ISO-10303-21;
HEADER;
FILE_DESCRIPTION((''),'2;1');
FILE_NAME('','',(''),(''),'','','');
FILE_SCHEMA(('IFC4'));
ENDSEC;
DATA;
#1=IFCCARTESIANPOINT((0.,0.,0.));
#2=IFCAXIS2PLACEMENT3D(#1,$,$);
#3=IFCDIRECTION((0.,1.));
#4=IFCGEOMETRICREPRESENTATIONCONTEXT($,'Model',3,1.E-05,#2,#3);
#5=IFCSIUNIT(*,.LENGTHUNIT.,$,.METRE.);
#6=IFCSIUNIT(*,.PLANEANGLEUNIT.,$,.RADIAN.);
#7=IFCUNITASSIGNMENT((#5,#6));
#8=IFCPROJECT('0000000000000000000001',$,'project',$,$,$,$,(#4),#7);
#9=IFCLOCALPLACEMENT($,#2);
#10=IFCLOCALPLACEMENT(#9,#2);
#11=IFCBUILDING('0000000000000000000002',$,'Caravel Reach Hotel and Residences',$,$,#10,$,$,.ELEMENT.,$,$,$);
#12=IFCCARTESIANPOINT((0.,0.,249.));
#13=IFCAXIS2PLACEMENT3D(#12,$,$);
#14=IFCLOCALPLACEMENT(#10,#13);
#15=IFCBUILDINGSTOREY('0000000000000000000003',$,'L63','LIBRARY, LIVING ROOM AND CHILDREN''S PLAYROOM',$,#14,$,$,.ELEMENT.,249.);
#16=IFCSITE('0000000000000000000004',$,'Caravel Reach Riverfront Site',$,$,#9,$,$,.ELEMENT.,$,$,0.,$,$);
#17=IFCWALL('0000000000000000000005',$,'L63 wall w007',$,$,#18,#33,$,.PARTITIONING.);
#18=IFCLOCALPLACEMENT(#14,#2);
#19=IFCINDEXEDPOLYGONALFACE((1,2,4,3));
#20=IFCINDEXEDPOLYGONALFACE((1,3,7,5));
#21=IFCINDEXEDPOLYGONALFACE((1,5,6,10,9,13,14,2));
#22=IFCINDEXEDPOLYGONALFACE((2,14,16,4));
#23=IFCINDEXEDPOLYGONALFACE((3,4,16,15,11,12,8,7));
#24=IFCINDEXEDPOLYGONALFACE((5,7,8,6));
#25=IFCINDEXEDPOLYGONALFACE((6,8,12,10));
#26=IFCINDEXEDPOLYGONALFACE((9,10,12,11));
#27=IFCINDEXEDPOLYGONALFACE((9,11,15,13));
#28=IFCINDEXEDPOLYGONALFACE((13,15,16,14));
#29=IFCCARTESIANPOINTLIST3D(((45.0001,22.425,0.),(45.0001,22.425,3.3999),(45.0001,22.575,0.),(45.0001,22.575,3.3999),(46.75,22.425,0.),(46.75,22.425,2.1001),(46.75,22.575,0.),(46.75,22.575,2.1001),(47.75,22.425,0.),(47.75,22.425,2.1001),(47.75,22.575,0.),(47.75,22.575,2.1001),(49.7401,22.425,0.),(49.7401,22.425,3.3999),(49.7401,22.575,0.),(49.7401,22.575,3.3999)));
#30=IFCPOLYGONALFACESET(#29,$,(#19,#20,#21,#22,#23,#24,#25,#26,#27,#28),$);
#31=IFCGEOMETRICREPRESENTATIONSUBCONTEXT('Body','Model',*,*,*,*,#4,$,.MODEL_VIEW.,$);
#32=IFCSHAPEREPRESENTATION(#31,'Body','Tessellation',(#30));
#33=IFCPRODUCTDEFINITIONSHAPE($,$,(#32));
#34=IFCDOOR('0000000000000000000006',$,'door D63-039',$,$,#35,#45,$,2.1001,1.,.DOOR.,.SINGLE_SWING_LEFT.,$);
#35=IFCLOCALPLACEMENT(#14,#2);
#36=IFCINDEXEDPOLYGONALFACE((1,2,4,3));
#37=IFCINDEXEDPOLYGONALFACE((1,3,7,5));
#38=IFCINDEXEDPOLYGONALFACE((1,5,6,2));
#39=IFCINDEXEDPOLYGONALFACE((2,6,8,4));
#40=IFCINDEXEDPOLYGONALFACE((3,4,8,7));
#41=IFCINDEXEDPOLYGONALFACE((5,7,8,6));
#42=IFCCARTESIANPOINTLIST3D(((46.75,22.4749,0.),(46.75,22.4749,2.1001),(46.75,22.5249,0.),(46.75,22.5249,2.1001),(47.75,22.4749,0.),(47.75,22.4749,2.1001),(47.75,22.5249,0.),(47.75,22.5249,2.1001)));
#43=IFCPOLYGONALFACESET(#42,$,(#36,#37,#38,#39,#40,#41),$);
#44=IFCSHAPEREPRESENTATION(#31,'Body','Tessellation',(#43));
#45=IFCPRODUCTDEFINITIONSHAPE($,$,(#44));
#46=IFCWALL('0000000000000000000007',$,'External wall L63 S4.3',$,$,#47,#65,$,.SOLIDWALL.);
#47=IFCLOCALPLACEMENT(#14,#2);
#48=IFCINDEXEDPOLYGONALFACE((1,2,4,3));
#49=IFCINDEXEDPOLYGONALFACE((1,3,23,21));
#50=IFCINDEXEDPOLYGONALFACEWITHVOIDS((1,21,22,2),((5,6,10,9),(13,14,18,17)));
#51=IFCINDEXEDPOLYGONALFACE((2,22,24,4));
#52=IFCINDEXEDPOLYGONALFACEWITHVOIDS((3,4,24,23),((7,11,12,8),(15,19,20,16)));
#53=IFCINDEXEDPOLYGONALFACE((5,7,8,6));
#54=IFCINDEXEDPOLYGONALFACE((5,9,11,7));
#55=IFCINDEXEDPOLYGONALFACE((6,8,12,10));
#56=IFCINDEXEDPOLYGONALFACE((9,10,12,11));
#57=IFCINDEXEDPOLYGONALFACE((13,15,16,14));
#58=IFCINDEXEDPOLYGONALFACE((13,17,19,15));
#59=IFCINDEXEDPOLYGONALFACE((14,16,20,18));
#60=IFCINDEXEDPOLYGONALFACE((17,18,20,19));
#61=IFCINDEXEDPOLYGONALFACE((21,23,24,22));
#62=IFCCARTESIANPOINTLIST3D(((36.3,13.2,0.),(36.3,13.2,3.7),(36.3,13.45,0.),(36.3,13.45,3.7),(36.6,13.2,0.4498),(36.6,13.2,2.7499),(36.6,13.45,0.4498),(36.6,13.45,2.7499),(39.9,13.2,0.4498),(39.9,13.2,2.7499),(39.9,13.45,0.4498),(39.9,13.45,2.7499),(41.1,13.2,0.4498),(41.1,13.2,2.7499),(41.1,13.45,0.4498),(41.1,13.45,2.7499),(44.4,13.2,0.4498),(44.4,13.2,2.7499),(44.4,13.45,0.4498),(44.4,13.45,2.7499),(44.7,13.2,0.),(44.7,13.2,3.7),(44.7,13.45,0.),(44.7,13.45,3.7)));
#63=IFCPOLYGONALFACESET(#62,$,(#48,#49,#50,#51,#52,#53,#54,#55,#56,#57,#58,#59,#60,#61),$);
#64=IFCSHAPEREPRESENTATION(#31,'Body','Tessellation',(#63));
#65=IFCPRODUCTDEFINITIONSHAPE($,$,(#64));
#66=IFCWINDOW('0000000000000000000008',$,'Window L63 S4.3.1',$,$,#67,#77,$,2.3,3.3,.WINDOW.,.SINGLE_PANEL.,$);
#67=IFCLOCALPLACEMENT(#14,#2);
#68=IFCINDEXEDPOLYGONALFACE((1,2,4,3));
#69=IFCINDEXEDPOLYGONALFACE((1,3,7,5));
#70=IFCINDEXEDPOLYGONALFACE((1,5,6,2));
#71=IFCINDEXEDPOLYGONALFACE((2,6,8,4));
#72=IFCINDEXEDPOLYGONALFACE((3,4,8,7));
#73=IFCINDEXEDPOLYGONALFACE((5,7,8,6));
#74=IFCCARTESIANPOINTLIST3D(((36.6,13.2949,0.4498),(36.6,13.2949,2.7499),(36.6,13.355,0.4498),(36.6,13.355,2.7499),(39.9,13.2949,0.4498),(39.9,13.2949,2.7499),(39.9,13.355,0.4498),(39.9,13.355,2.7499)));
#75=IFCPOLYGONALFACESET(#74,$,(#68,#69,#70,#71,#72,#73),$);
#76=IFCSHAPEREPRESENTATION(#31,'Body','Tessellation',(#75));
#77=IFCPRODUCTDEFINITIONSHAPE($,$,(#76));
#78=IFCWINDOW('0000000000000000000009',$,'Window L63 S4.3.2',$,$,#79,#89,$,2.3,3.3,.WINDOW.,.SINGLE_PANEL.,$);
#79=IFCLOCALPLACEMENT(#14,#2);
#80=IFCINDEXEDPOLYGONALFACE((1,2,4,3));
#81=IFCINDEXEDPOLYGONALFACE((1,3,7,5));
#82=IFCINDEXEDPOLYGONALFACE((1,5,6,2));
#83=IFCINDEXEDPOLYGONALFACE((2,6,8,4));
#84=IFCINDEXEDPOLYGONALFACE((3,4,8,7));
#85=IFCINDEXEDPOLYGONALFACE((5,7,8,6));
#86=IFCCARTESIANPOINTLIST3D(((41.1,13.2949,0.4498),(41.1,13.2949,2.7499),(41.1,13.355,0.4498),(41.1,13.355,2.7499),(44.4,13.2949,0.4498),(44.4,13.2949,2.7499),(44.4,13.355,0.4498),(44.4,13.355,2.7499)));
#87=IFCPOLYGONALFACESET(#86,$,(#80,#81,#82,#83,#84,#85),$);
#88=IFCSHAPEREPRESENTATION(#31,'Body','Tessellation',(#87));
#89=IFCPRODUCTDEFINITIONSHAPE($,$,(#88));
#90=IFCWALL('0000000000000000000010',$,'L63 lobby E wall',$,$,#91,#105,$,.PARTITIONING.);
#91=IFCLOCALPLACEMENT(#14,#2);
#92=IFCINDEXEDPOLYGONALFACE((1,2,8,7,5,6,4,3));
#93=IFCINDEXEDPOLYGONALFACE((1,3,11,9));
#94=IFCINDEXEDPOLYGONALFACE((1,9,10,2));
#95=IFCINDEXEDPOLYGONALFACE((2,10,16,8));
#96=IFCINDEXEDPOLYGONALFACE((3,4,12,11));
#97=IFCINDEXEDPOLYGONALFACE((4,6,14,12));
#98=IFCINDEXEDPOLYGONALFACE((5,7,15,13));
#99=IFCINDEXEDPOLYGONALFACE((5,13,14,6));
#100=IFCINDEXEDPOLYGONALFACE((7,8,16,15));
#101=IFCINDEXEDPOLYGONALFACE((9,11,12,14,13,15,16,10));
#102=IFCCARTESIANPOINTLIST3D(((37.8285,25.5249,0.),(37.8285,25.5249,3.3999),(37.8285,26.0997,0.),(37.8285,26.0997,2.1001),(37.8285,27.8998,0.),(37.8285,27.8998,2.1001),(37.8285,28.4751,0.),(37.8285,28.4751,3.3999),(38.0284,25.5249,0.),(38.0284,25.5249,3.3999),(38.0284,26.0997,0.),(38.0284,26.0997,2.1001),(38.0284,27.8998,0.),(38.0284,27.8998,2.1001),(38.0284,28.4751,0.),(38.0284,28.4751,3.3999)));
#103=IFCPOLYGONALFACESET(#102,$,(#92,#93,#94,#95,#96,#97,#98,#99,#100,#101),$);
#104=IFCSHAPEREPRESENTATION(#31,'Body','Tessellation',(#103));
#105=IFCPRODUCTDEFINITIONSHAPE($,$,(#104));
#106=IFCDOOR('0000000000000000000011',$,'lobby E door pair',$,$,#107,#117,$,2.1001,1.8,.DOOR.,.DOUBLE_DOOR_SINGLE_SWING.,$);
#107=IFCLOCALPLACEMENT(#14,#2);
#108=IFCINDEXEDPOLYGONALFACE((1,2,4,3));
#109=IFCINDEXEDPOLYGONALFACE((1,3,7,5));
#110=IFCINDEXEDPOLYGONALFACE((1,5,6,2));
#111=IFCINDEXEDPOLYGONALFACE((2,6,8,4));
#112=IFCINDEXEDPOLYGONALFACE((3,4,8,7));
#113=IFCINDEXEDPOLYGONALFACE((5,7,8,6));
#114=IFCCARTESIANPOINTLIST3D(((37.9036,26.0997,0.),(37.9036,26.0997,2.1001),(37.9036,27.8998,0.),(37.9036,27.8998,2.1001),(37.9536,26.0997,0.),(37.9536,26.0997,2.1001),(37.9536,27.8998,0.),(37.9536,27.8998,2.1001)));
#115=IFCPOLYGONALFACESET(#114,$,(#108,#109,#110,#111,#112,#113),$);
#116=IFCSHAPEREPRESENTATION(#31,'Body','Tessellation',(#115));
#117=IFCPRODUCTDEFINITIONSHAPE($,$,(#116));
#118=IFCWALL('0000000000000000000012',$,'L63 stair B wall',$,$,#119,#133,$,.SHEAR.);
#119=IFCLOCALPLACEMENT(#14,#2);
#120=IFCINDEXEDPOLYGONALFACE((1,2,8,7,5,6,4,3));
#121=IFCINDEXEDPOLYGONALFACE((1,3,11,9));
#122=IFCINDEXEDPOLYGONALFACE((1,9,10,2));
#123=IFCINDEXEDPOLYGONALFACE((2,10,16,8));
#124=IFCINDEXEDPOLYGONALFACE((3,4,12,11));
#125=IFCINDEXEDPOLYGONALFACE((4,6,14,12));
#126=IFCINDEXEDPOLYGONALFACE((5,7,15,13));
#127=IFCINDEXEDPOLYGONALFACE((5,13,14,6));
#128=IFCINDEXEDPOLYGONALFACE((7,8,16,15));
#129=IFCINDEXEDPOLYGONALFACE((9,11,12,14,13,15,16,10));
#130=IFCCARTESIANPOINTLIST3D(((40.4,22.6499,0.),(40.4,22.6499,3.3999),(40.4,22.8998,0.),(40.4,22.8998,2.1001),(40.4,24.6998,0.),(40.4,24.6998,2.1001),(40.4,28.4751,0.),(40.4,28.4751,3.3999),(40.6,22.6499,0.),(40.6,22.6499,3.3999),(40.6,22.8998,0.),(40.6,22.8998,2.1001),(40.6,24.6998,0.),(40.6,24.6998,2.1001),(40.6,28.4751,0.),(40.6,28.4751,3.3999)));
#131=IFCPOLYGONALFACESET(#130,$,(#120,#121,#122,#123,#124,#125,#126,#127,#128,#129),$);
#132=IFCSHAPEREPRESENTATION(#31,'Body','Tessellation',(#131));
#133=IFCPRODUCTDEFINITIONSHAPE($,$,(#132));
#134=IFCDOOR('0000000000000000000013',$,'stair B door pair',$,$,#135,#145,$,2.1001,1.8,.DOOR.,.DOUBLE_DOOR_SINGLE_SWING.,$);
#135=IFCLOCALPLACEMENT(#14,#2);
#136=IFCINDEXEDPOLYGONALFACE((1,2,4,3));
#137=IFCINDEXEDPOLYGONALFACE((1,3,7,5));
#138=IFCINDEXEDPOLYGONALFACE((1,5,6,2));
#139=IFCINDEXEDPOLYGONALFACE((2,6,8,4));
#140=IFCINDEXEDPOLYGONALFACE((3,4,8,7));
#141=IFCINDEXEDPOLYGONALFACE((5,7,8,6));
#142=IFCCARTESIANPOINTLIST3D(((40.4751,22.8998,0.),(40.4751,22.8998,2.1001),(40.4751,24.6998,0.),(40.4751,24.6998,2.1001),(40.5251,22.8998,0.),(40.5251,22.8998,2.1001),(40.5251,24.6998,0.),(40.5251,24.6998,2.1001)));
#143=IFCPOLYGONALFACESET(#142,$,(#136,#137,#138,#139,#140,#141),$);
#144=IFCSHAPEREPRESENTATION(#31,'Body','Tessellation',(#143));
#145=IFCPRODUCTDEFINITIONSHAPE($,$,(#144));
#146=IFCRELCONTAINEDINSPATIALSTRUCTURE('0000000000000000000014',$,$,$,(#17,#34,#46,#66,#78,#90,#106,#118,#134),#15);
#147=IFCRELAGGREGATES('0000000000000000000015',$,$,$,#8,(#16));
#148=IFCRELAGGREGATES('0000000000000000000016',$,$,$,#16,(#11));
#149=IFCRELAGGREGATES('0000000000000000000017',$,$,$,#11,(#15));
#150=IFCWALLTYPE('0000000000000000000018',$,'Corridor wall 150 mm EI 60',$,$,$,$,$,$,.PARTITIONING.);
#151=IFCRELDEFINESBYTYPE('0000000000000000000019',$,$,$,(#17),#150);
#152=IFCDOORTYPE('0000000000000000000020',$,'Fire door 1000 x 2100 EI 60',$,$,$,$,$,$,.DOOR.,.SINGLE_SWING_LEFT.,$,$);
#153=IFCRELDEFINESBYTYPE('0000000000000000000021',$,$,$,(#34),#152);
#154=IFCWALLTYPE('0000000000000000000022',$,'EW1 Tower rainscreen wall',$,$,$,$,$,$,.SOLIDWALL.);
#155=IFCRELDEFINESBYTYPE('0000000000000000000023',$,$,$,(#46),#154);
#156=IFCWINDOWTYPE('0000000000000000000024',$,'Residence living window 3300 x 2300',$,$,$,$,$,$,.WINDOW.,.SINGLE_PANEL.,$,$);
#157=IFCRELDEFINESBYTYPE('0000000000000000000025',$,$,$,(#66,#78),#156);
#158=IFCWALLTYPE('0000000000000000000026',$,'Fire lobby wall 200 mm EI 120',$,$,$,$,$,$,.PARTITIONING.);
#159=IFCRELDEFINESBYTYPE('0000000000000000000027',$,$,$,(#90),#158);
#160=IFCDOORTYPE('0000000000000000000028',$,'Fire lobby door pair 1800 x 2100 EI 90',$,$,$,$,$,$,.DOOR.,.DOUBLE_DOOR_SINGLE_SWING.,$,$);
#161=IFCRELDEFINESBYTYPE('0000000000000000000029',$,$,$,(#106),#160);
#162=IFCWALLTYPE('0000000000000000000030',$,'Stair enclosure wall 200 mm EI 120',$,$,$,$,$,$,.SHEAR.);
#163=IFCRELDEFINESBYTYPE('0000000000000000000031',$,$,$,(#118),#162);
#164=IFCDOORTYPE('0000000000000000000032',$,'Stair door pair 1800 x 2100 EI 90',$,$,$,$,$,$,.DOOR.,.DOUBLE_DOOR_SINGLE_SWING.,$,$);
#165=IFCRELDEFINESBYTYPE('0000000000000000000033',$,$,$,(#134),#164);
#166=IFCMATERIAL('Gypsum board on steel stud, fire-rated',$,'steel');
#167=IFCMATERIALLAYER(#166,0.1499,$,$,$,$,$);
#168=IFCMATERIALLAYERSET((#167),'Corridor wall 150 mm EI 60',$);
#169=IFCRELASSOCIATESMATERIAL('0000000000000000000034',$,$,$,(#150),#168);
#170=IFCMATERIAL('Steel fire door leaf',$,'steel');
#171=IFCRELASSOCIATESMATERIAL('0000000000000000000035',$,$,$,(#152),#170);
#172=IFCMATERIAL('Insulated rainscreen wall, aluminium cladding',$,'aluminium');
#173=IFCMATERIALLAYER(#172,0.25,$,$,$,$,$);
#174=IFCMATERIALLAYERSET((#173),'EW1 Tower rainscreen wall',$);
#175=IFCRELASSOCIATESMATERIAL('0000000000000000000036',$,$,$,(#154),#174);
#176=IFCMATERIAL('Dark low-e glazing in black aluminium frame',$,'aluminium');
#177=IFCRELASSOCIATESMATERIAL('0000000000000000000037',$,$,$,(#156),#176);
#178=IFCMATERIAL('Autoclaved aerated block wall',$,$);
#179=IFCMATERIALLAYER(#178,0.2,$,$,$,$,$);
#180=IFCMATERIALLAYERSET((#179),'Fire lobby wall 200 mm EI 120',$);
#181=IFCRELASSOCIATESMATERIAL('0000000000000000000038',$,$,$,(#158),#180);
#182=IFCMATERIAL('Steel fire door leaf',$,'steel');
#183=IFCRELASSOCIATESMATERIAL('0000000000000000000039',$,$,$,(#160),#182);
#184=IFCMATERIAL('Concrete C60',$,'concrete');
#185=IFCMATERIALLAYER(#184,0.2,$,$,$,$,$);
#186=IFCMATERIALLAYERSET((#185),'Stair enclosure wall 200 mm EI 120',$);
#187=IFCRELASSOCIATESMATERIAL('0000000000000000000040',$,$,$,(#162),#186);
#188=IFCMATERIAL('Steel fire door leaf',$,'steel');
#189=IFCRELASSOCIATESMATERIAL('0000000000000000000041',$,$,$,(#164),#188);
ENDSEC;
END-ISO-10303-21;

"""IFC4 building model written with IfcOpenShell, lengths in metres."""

from ifc_helpers import new_model, si_unit, direction, frame, frame_2d, origin, place, context, subcontext, project, spatial, rectangle, extrude, material, layer, layer_set, type_object, element, fill, save


model = new_model("IFC4")

# Units and contexts
model_context = context("Model", 3, precision=1e-05, world=origin(), true_north=direction((0.0, 1.0)))
body_context = subcontext(model_context, "Body", "Model", "MODEL_VIEW")
ifc_project = project(units=[si_unit("LENGTHUNIT", "METRE"), si_unit("PLANEANGLEUNIT", "RADIAN")], contexts=[model_context])

# Site, building, storey
site_placement = place(None, origin())
site = spatial("IfcSite", under=ifc_project, at=site_placement, Name="Caravel Reach Riverfront Site", CompositionType="ELEMENT", RefElevation=0.0)
building_placement = place(site_placement, origin())
building = spatial("IfcBuilding", under=site, at=building_placement, Name="Caravel Reach Hotel and Residences", CompositionType="ELEMENT")
storey_placement = place(building_placement, frame((0.0, 0.0, 249.0)))
storey = spatial("IfcBuildingStorey", under=building, at=storey_placement, Name="L63", Description="LIBRARY, LIVING ROOM AND CHILDREN'S PLAYROOM", CompositionType="ELEMENT", Elevation=249.0)

# Wall, opening, door
ifc_material_1 = material(Name="Gypsum board on steel stud, fire-rated", Category="steel")
ifc_layer_1 = layer(ifc_material_1, 0.1499)
ifc_layer_set_1 = layer_set([ifc_layer_1], Name="Corridor wall 150 mm EI 60")
wall_type_1 = type_object("IfcWallType", Name="Corridor wall 150 mm EI 60", PredefinedType="PARTITIONING", material=ifc_layer_set_1)
wall_1_placement = place(storey_placement, frame((45.0, 22.5, 0.0), z_axis=(0.0, 0.0, 1.0), x_axis=(1.0, 0.0, 0.0)))
wall_1 = element("IfcWall", 1, at=wall_1_placement, inside=storey, type_object=wall_type_1, Name="L63 wall w007", PredefinedType="PARTITIONING", context=body_context, shape_type="SweptSolid", body=[
    extrude(rectangle(XDim=4.74, YDim=0.1499, at=frame_2d((2.3701, 0.0))), origin(), (0.0, 0.0, 1.0), 3.3999),
])
opening_1_placement = place(wall_1_placement, frame((1.75, 0.0, 0.0)))
opening_1 = element("IfcOpeningElement", 2, at=opening_1_placement, cuts=wall_1, PredefinedType="OPENING", context=body_context, shape_type="SweptSolid", body=[
    extrude(rectangle(XDim=1.0, YDim=2.1001, at=frame_2d((0.5, 1.05))), frame((0.0, 0.085, 0.0), z_axis=(0.0, -1.0, 0.0), x_axis=(1.0, 0.0, 0.0)), (0.0, 0.0, 1.0), 0.1699),
])
ifc_material_2 = material(Name="Steel fire door leaf", Category="steel")
door_type_1 = type_object("IfcDoorType", Name="Fire door 1000 x 2100 EI 60", OperationType="SINGLE_SWING_LEFT", PredefinedType="DOOR", material=ifc_material_2)
door_1_placement = place(opening_1_placement, origin())
door_1 = element("IfcDoor", 3, at=door_1_placement, inside=storey, type_object=door_type_1, Name="door D63-039", OperationType="SINGLE_SWING_LEFT", OverallHeight=2.1001, OverallWidth=1.0, PredefinedType="DOOR", context=body_context, shape_type="SweptSolid", body=[
    extrude(rectangle(XDim=1.0, YDim=2.1001, at=frame_2d((0.5, 1.05))), frame((0.0, 0.0249, 0.0), z_axis=(0.0, -1.0, 0.0), x_axis=(1.0, 0.0, 0.0)), (0.0, 0.0, 1.0), 0.05),
])
fill(opening_1, door_1)

# Wall, openings, windows
ifc_material_3 = material(Name="Insulated rainscreen wall, aluminium cladding", Category="aluminium")
ifc_layer_2 = layer(ifc_material_3, 0.25)
ifc_layer_set_2 = layer_set([ifc_layer_2], Name="EW1 Tower rainscreen wall")
wall_type_2 = type_object("IfcWallType", Name="EW1 Tower rainscreen wall", PredefinedType="SOLIDWALL", material=ifc_layer_set_2)
wall_2_placement = place(storey_placement, frame((36.3, 13.325, 0.0), z_axis=(0.0, 0.0, 1.0), x_axis=(1.0, 0.0, 0.0)))
wall_2 = element("IfcWall", 4, at=wall_2_placement, inside=storey, type_object=wall_type_2, Name="External wall L63 S4.3", PredefinedType="SOLIDWALL", context=body_context, shape_type="SweptSolid", body=[
    extrude(rectangle(XDim=8.3999, YDim=0.25, at=frame_2d((4.2, 0.0))), origin(), (0.0, 0.0, 1.0), 3.7),
])
opening_2_placement = place(wall_2_placement, frame((0.3, 0.0, 0.45)))
opening_2 = element("IfcOpeningElement", 5, at=opening_2_placement, cuts=wall_2, PredefinedType="OPENING", context=body_context, shape_type="SweptSolid", body=[
    extrude(rectangle(XDim=3.3, YDim=2.3, at=frame_2d((1.6499, 1.1499))), frame((0.0, 0.135, 0.0), z_axis=(0.0, -1.0, 0.0), x_axis=(1.0, 0.0, 0.0)), (0.0, 0.0, 1.0), 0.27),
])
opening_3_placement = place(wall_2_placement, frame((4.8, 0.0, 0.45)))
opening_3 = element("IfcOpeningElement", 6, at=opening_3_placement, cuts=wall_2, PredefinedType="OPENING", context=body_context, shape_type="SweptSolid", body=[
    extrude(rectangle(XDim=3.3, YDim=2.3, at=frame_2d((1.6499, 1.1499))), frame((0.0, 0.135, 0.0), z_axis=(0.0, -1.0, 0.0), x_axis=(1.0, 0.0, 0.0)), (0.0, 0.0, 1.0), 0.27),
])
ifc_material_4 = material(Name="Dark low-e glazing in black aluminium frame", Category="aluminium")
window_type = type_object("IfcWindowType", Name="Residence living window 3300 x 2300", PartitioningType="SINGLE_PANEL", PredefinedType="WINDOW", material=ifc_material_4)
window_1_placement = place(opening_2_placement, origin())
window_1 = element("IfcWindow", 7, at=window_1_placement, inside=storey, type_object=window_type, Name="Window L63 S4.3.1", OverallHeight=2.3, OverallWidth=3.3, PartitioningType="SINGLE_PANEL", PredefinedType="WINDOW", context=body_context, shape_type="SweptSolid", body=[
    extrude(rectangle(XDim=3.3, YDim=2.3, at=frame_2d((1.6499, 1.1499))), frame((0.0, 0.03, 0.0), z_axis=(0.0, -1.0, 0.0), x_axis=(1.0, 0.0, 0.0)), (0.0, 0.0, 1.0), 0.0601),
])
fill(opening_2, window_1)
window_2_placement = place(opening_3_placement, origin())
window_2 = element("IfcWindow", 8, at=window_2_placement, inside=storey, type_object=window_type, Name="Window L63 S4.3.2", OverallHeight=2.3, OverallWidth=3.3, PartitioningType="SINGLE_PANEL", PredefinedType="WINDOW", context=body_context, shape_type="SweptSolid", body=[
    extrude(rectangle(XDim=3.3, YDim=2.3, at=frame_2d((1.6499, 1.1499))), frame((0.0, 0.03, 0.0), z_axis=(0.0, -1.0, 0.0), x_axis=(1.0, 0.0, 0.0)), (0.0, 0.0, 1.0), 0.0601),
])
fill(opening_3, window_2)

# Walls, openings, doors
ifc_material_5 = material(Name="Autoclaved aerated block wall")
ifc_layer_3 = layer(ifc_material_5, 0.2)
ifc_layer_set_3 = layer_set([ifc_layer_3], Name="Fire lobby wall 200 mm EI 120")
wall_type_3 = type_object("IfcWallType", Name="Fire lobby wall 200 mm EI 120", PredefinedType="PARTITIONING", material=ifc_layer_set_3)
wall_3_placement = place(storey_placement, frame((37.9285, 25.5249, 0.0), z_axis=(0.0, 0.0, 1.0), x_axis=(0.0, 1.0, 0.0)))
wall_3 = element("IfcWall", 9, at=wall_3_placement, inside=storey, type_object=wall_type_3, Name="L63 lobby E wall", PredefinedType="PARTITIONING", context=body_context, shape_type="SweptSolid", body=[
    extrude(rectangle(XDim=2.9502, YDim=0.2, at=frame_2d((1.4751, 0.0))), origin(), (0.0, 0.0, 1.0), 3.3999),
])
opening_4_placement = place(wall_3_placement, frame((0.575, 0.0, 0.0)))
opening_4 = element("IfcOpeningElement", 10, at=opening_4_placement, cuts=wall_3, PredefinedType="OPENING", context=body_context, shape_type="SweptSolid", body=[
    extrude(rectangle(XDim=1.8, YDim=2.1001, at=frame_2d((0.8999, 1.05))), frame((0.0, 0.1099, 0.0), z_axis=(0.0, -1.0, 0.0), x_axis=(1.0, 0.0, 0.0)), (0.0, 0.0, 1.0), 0.22),
])
ifc_material_6 = material(Name="Steel fire door leaf", Category="steel")
door_type_2 = type_object("IfcDoorType", Name="Fire lobby door pair 1800 x 2100 EI 90", OperationType="DOUBLE_DOOR_SINGLE_SWING", PredefinedType="DOOR", material=ifc_material_6)
door_2_placement = place(opening_4_placement, origin())
door_2 = element("IfcDoor", 11, at=door_2_placement, inside=storey, type_object=door_type_2, Name="lobby E door pair", OperationType="DOUBLE_DOOR_SINGLE_SWING", OverallHeight=2.1001, OverallWidth=1.8, PredefinedType="DOOR", context=body_context, shape_type="SweptSolid", body=[
    extrude(rectangle(XDim=1.8, YDim=2.1001, at=frame_2d((0.8999, 1.05))), frame((0.0, 0.0249, 0.0), z_axis=(0.0, -1.0, 0.0), x_axis=(1.0, 0.0, 0.0)), (0.0, 0.0, 1.0), 0.05),
])
fill(opening_4, door_2)
ifc_material_7 = material(Name="Concrete C60", Category="concrete")
ifc_layer_4 = layer(ifc_material_7, 0.2)
ifc_layer_set_4 = layer_set([ifc_layer_4], Name="Stair enclosure wall 200 mm EI 120")
wall_type_4 = type_object("IfcWallType", Name="Stair enclosure wall 200 mm EI 120", PredefinedType="SHEAR", material=ifc_layer_set_4)
wall_4_placement = place(storey_placement, frame((40.5, 22.6499, 0.0), z_axis=(0.0, 0.0, 1.0), x_axis=(0.0, 1.0, 0.0)))
wall_4 = element("IfcWall", 12, at=wall_4_placement, inside=storey, type_object=wall_type_4, Name="L63 stair B wall", PredefinedType="SHEAR", context=body_context, shape_type="SweptSolid", body=[
    extrude(rectangle(XDim=5.8252, YDim=0.2, at=frame_2d((2.9126, 0.0))), origin(), (0.0, 0.0, 1.0), 3.3999),
])
opening_5_placement = place(wall_4_placement, frame((0.25, 0.0, 0.0)))
opening_5 = element("IfcOpeningElement", 13, at=opening_5_placement, cuts=wall_4, PredefinedType="OPENING", context=body_context, shape_type="SweptSolid", body=[
    extrude(rectangle(XDim=1.8, YDim=2.1001, at=frame_2d((0.8999, 1.05))), frame((0.0, 0.1099, 0.0), z_axis=(0.0, -1.0, 0.0), x_axis=(1.0, 0.0, 0.0)), (0.0, 0.0, 1.0), 0.22),
])
ifc_material_8 = material(Name="Steel fire door leaf", Category="steel")
door_type_3 = type_object("IfcDoorType", Name="Stair door pair 1800 x 2100 EI 90", OperationType="DOUBLE_DOOR_SINGLE_SWING", PredefinedType="DOOR", material=ifc_material_8)
door_3_placement = place(opening_5_placement, origin())
door_3 = element("IfcDoor", 14, at=door_3_placement, inside=storey, type_object=door_type_3, Name="stair B door pair", OperationType="DOUBLE_DOOR_SINGLE_SWING", OverallHeight=2.1001, OverallWidth=1.8, PredefinedType="DOOR", context=body_context, shape_type="SweptSolid", body=[
    extrude(rectangle(XDim=1.8, YDim=2.1001, at=frame_2d((0.8999, 1.05))), frame((0.0, 0.0249, 0.0), z_axis=(0.0, -1.0, 0.0), x_axis=(1.0, 0.0, 0.0)), (0.0, 0.0, 1.0), 0.05),
])
fill(opening_5, door_3)

save(model, "model.ifc")
